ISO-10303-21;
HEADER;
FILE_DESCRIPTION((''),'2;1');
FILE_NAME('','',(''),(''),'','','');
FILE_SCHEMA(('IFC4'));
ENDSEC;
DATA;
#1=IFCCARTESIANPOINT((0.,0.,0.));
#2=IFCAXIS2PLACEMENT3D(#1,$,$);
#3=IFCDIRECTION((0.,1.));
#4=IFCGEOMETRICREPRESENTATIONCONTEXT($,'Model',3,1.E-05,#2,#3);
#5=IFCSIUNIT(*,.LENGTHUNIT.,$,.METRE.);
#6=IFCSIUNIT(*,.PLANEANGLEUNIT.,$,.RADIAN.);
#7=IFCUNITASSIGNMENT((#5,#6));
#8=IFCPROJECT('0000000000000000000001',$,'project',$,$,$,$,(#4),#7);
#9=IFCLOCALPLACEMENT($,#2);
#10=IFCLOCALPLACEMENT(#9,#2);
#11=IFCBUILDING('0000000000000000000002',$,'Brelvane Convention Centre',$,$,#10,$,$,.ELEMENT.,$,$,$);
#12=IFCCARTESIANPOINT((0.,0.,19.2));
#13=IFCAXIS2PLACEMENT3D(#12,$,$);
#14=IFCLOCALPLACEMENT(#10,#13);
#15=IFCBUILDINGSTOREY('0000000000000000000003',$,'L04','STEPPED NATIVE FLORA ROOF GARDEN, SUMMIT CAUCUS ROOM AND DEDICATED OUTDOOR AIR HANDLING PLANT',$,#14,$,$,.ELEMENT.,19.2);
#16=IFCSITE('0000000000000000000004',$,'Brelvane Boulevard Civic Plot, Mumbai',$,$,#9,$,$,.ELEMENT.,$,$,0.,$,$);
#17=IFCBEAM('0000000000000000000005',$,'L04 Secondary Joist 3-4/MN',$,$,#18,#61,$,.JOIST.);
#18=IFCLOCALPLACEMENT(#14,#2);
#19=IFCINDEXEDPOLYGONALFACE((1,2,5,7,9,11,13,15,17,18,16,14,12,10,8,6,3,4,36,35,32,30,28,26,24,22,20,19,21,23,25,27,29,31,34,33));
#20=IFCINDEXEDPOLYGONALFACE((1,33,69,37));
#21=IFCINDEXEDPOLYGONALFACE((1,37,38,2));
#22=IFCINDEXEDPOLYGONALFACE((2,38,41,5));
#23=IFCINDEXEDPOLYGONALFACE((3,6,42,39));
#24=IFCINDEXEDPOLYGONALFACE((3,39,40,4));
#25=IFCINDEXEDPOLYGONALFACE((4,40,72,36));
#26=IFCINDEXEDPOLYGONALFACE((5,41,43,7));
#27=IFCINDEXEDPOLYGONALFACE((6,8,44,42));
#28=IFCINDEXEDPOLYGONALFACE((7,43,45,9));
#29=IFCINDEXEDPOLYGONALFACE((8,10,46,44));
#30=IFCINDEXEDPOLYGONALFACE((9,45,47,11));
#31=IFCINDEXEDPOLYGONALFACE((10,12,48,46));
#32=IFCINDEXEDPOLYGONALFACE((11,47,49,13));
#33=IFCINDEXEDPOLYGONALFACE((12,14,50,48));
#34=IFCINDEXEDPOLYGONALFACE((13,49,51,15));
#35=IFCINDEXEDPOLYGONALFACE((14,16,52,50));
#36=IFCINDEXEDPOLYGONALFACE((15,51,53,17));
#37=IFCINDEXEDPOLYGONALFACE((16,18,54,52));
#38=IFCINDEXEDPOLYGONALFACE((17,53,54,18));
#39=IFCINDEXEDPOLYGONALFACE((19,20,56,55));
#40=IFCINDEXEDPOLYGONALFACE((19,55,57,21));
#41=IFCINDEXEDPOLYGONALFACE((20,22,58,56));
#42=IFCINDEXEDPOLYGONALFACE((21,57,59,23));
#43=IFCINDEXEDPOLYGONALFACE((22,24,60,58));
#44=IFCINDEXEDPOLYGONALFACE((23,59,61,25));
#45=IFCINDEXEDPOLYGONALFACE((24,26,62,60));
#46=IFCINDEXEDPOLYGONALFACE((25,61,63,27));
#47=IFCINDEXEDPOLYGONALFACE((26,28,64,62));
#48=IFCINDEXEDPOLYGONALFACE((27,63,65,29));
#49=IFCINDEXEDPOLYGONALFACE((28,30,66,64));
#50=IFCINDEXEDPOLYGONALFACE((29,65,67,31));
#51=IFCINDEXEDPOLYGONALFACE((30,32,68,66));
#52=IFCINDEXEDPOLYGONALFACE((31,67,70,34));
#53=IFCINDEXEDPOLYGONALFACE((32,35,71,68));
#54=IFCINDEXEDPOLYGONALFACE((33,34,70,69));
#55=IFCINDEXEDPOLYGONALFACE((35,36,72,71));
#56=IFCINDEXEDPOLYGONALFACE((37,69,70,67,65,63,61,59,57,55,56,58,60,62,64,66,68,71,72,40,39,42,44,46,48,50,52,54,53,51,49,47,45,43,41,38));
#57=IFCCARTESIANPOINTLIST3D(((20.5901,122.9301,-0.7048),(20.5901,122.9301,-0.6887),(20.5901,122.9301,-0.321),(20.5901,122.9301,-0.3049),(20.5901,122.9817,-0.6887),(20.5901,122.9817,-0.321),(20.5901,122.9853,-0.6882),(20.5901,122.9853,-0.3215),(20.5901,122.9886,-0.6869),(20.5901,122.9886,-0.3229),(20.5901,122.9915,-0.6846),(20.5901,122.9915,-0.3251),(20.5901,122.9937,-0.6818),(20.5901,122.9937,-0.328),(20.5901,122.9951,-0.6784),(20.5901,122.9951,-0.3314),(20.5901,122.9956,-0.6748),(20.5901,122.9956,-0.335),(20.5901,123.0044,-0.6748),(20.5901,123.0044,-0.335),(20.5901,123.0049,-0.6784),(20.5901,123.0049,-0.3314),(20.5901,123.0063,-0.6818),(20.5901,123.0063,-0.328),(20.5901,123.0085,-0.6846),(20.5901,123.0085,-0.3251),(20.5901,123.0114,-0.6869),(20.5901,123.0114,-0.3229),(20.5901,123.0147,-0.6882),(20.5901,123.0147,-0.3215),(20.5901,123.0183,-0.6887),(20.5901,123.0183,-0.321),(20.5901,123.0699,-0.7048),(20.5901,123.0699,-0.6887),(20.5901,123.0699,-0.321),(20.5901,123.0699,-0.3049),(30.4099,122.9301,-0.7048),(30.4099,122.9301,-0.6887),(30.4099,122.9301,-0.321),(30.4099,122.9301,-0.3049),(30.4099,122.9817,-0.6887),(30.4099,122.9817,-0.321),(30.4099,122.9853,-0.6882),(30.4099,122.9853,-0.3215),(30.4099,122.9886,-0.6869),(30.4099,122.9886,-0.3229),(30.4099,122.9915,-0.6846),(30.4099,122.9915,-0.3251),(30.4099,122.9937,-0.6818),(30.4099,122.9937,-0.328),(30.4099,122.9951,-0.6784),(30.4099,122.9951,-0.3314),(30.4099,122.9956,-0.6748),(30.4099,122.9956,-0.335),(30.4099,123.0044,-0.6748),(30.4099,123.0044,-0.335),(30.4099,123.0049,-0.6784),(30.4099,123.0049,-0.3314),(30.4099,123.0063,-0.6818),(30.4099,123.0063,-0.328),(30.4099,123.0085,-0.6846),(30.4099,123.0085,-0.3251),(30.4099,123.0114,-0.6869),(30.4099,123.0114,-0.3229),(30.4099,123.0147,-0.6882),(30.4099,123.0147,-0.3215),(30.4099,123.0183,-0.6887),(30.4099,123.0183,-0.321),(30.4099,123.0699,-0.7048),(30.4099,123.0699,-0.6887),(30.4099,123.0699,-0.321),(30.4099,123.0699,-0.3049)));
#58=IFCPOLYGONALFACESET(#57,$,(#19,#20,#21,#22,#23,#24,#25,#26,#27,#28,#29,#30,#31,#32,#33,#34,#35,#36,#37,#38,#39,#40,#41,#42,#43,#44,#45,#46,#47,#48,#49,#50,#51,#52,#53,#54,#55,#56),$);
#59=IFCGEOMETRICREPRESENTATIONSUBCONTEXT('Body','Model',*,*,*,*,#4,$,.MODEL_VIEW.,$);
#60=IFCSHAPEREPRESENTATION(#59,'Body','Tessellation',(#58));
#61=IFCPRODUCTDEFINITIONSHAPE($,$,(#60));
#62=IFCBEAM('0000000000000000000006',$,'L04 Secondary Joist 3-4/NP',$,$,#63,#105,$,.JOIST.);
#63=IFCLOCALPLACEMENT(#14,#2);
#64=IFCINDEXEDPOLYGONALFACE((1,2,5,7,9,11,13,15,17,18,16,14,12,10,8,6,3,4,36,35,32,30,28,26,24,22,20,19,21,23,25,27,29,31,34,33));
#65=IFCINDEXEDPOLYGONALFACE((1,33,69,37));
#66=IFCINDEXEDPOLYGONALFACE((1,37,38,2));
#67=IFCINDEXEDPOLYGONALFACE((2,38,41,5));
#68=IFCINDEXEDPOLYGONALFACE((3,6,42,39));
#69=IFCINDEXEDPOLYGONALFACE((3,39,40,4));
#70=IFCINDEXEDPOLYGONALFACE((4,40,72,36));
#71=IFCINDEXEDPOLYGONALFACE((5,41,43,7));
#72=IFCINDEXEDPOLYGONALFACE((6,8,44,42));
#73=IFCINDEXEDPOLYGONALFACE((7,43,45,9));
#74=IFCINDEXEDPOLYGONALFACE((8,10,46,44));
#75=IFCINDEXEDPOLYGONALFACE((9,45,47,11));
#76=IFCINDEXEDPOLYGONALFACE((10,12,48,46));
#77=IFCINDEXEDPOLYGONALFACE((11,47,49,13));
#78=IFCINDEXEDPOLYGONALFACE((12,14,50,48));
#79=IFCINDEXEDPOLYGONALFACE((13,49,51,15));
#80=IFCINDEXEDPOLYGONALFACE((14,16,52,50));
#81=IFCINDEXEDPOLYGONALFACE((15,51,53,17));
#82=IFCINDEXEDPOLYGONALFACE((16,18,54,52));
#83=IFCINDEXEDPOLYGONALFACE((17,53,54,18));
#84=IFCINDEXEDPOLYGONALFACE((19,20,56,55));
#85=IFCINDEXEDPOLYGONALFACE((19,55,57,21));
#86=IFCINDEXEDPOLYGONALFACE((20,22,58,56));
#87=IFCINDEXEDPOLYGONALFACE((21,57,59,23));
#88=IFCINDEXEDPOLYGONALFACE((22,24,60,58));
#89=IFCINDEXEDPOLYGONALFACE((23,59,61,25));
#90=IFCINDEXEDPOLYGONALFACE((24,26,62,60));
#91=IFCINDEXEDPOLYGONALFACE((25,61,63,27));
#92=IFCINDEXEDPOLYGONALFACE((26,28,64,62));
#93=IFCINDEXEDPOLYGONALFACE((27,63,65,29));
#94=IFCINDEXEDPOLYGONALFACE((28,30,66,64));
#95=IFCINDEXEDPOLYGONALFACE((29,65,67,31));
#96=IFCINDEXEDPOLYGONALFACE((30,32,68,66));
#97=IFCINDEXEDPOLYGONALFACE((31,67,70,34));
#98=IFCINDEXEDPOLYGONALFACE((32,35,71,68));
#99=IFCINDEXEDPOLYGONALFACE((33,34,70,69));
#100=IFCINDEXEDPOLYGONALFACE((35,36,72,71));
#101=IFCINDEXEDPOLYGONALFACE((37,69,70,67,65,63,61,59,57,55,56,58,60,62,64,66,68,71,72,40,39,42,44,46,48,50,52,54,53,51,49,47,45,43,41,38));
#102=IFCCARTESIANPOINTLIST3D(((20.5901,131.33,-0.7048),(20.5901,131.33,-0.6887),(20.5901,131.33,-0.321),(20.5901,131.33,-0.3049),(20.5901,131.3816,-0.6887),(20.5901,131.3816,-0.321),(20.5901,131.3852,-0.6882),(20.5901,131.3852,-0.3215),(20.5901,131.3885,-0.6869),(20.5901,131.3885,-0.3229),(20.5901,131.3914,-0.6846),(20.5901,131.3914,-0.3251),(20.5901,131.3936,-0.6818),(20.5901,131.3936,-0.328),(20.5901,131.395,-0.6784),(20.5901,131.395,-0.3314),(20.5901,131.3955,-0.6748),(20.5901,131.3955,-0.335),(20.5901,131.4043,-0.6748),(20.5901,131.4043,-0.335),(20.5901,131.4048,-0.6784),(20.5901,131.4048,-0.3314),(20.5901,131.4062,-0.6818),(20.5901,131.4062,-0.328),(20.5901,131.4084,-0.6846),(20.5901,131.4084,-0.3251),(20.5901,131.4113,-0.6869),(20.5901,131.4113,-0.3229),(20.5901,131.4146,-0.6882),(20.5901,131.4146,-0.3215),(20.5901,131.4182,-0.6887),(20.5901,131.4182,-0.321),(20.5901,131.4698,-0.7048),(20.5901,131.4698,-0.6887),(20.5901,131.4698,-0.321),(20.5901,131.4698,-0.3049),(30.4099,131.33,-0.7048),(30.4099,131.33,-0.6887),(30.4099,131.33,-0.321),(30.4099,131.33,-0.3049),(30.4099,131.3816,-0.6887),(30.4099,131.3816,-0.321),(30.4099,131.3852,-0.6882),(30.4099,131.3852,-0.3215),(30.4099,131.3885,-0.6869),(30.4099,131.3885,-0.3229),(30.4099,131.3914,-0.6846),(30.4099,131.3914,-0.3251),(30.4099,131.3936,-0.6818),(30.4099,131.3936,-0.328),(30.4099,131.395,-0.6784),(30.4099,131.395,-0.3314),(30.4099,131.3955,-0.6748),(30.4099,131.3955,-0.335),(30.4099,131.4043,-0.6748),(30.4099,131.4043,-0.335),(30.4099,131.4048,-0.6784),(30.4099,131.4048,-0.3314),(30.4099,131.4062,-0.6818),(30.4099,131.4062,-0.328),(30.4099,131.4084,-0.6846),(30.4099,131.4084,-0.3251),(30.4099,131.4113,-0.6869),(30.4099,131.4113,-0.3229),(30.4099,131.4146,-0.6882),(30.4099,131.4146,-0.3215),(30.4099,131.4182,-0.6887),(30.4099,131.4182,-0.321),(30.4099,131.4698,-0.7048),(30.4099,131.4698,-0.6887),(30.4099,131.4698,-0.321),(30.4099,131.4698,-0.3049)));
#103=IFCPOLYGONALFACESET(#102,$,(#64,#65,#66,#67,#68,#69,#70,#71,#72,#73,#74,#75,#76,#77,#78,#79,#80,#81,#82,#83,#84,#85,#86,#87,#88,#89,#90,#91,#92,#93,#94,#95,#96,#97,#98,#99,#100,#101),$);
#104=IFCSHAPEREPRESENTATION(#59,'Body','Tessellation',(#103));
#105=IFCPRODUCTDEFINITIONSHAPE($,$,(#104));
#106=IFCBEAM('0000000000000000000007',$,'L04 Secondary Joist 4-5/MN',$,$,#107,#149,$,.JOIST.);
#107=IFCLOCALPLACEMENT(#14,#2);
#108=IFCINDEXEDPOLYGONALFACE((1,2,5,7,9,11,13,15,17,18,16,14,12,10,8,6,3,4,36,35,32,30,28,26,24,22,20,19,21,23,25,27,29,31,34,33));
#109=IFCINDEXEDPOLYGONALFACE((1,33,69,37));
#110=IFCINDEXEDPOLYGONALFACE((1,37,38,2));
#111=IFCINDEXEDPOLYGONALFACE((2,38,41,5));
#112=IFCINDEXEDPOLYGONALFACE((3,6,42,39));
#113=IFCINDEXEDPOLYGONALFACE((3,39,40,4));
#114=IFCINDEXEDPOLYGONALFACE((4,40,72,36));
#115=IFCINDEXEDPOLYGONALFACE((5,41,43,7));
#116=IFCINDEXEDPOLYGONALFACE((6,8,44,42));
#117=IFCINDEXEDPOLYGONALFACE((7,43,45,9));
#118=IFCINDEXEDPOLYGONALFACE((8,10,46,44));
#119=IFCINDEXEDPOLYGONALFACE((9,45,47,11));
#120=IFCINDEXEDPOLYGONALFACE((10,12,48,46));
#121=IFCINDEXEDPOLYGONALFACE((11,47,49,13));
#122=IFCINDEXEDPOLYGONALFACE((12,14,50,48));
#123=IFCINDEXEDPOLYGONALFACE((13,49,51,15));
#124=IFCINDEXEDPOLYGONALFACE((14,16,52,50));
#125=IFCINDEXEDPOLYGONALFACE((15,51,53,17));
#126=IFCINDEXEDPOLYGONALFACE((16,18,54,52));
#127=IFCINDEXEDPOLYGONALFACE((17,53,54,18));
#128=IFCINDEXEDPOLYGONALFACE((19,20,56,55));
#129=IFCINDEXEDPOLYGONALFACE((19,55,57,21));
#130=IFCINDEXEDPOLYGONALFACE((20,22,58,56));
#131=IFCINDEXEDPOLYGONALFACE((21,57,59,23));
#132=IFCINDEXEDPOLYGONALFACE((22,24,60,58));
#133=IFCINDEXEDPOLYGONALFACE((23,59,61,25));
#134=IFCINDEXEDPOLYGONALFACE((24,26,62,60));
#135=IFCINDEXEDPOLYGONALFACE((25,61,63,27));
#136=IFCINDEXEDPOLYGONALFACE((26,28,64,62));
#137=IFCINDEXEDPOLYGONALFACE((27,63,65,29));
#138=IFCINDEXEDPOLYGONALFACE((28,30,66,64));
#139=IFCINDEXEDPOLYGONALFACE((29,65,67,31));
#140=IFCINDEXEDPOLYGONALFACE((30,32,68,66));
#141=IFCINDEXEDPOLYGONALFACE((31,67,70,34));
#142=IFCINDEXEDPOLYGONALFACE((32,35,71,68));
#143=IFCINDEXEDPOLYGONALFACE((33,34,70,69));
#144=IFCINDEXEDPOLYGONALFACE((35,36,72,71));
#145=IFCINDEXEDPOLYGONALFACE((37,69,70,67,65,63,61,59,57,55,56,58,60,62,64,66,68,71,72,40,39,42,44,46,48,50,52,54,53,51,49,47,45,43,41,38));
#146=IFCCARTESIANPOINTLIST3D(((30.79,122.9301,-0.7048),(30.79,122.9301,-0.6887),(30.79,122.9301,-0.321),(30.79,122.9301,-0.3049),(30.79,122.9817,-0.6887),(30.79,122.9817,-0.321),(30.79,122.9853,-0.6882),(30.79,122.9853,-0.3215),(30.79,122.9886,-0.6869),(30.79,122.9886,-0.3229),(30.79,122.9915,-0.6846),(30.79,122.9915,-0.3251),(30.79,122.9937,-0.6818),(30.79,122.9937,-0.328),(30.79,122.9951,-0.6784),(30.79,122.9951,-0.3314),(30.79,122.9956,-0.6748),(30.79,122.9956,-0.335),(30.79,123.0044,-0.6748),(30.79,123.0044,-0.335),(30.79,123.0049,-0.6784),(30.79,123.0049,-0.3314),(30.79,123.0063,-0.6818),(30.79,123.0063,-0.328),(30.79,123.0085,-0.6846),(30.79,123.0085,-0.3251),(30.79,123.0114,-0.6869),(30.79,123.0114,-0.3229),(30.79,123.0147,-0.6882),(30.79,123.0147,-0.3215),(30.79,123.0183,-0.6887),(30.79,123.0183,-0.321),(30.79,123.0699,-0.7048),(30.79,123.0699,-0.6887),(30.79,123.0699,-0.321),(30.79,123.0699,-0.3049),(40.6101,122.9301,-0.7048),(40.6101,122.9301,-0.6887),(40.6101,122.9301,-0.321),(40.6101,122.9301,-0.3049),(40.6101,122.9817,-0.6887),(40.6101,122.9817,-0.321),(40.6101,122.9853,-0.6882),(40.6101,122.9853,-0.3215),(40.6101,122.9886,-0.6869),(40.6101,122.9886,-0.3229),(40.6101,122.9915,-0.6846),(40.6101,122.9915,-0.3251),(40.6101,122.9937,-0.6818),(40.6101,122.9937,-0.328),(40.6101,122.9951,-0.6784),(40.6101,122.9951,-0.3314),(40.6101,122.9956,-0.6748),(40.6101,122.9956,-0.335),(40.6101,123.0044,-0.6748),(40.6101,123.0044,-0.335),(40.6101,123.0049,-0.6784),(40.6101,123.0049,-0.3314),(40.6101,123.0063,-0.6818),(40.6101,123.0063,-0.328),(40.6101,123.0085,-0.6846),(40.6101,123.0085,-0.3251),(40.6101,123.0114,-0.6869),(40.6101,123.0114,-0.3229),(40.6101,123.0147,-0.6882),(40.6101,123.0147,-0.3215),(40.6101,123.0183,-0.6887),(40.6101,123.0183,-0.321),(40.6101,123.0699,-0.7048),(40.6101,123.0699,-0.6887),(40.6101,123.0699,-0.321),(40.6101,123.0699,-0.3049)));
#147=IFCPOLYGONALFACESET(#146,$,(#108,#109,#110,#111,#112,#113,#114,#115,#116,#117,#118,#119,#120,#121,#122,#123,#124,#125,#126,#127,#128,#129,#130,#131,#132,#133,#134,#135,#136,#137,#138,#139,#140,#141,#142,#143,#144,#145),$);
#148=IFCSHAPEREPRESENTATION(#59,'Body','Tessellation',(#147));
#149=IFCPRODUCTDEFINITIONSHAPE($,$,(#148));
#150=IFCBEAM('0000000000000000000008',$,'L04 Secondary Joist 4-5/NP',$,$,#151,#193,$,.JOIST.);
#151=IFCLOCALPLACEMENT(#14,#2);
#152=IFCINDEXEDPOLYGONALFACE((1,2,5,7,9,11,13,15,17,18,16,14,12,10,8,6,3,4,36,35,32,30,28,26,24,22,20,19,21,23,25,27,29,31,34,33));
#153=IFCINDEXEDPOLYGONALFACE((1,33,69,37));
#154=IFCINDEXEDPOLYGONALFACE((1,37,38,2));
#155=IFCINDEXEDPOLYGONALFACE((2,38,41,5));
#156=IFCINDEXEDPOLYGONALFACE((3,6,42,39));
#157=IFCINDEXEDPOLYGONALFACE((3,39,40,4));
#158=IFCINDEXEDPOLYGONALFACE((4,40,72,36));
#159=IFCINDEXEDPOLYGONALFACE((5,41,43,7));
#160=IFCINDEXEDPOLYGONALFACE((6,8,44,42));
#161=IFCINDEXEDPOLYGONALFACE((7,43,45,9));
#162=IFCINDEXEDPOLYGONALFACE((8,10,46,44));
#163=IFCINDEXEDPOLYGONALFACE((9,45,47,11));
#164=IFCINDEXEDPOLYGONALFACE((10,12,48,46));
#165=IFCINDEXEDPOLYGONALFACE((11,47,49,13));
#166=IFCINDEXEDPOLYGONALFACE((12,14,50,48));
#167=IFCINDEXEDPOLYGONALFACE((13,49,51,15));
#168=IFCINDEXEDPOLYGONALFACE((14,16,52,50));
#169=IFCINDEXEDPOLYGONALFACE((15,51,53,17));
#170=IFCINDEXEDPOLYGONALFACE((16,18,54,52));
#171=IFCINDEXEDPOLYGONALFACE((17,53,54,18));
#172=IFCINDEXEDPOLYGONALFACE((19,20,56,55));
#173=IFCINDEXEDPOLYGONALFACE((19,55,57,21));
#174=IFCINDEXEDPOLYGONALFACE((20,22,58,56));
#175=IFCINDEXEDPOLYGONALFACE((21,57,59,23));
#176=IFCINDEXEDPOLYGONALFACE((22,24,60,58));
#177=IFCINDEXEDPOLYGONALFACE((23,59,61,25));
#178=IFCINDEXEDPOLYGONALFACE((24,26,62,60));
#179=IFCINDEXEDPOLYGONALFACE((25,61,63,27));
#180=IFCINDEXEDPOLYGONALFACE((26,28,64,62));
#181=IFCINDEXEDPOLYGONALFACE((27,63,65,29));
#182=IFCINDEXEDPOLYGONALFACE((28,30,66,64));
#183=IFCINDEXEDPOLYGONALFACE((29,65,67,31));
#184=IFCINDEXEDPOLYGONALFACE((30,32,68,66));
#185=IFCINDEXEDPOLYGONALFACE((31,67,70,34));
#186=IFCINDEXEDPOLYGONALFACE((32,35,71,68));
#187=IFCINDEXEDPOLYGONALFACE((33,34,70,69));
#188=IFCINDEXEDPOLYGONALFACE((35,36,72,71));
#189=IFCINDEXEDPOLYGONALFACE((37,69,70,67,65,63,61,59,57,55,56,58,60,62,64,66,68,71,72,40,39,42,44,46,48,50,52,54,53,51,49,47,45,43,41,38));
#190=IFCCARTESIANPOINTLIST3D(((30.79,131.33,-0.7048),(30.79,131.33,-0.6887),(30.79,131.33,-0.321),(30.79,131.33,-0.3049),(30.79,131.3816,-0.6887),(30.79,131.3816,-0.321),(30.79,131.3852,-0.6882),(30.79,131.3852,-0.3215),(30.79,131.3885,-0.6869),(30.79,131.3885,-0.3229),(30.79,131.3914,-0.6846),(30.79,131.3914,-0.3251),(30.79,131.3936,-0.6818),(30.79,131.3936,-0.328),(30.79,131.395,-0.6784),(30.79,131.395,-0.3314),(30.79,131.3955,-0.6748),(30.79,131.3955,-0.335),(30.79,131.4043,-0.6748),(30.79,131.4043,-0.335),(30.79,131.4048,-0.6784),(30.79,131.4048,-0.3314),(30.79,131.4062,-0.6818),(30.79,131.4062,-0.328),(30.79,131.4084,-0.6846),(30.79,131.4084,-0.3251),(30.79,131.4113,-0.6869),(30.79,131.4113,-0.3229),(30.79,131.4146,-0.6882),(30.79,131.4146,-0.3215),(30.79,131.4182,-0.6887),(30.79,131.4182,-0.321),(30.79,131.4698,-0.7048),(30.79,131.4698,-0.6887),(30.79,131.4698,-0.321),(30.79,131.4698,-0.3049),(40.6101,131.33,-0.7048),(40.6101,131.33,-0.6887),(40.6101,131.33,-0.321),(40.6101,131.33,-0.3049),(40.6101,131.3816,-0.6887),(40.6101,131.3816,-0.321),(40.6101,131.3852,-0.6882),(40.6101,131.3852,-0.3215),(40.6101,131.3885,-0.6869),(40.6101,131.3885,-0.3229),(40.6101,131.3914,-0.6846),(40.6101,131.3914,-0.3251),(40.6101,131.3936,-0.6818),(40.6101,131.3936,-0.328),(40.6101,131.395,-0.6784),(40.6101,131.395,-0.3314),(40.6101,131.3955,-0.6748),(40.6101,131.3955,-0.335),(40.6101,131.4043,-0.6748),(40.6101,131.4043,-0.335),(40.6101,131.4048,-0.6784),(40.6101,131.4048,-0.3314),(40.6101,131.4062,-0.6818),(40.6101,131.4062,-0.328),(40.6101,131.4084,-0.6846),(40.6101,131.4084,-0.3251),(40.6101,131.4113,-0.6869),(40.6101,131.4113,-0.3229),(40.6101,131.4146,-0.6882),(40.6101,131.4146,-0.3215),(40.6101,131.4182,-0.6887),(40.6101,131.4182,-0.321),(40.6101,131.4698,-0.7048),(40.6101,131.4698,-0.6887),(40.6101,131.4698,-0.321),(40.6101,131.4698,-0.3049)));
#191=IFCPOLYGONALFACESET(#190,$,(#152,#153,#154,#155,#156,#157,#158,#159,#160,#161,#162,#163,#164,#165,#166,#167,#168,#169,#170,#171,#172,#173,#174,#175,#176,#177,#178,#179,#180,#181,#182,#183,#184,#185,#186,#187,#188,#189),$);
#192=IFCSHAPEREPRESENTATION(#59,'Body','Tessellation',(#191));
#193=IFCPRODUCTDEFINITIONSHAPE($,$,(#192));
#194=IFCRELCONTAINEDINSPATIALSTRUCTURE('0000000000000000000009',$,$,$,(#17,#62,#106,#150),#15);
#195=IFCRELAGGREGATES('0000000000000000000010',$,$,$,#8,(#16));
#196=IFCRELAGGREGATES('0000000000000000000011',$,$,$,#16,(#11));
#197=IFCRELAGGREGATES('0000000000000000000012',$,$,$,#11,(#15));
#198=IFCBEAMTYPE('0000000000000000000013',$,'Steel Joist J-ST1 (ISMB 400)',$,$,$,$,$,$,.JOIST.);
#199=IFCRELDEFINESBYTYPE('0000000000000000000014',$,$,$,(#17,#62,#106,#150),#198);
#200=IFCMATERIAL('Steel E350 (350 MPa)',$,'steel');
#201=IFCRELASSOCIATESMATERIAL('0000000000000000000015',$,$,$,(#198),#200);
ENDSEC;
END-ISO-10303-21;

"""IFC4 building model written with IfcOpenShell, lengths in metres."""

from ifc_helpers import new_model, si_unit, direction, frame, origin, origin_2d, place, context, subcontext, project, spatial, i_section, extrude, material, material_profile, profile_set, type_object, element, save


model = new_model("IFC4")

# Units and contexts
model_context = context("Model", 3, precision=1e-05, world=origin(), true_north=direction((0.0, 1.0)))
body_context = subcontext(model_context, "Body", "Model", "MODEL_VIEW")
ifc_project = project(units=[si_unit("LENGTHUNIT", "METRE"), si_unit("PLANEANGLEUNIT", "RADIAN")], contexts=[model_context])

# Site, building, storey
site_placement = place(None, origin())
site = spatial("IfcSite", under=ifc_project, at=site_placement, Name="Brelvane Boulevard Civic Plot, Mumbai", CompositionType="ELEMENT", RefElevation=0.0)
building_placement = place(site_placement, origin())
building = spatial("IfcBuilding", under=site, at=building_placement, Name="Brelvane Convention Centre", CompositionType="ELEMENT")
storey_placement = place(building_placement, frame((0.0, 0.0, 19.2)))
storey = spatial("IfcBuildingStorey", under=building, at=storey_placement, Name="L04", Description="STEPPED NATIVE FLORA ROOF GARDEN, SUMMIT CAUCUS ROOM AND DEDICATED OUTDOOR AIR HANDLING PLANT", CompositionType="ELEMENT", Elevation=19.2)

# Beams
ifc_material_1 = material(Name="Steel E350 (350 MPa)", Category="steel")
ifc_material_profile_1 = material_profile(ifc_material_1, i_section(OverallWidth=0.1399, OverallDepth=0.3999, WebThickness=0.0088, FlangeThickness=0.0161, FilletRadius=0.0139, at=origin_2d()), Name="ISMB 400")
ifc_profile_set_1 = profile_set([ifc_material_profile_1], Name="Steel E350 (350 MPa)")
beam_type_1 = type_object("IfcBeamType", Name="Steel Joist J-ST1 (ISMB 400)", PredefinedType="JOIST", material=ifc_profile_set_1)
for number, where, z_axis, x_axis, name in (
    (1, (20.5901, 123.0, -0.5049), (1.0, 0.0, 0.0), (0.0, 1.0, 0.0), "L04 Secondary Joist 3-4/MN"),
    (2, (20.5901, 131.3999, -0.5049), (1.0, 0.0, 0.0), (0.0, 1.0, 0.0), "L04 Secondary Joist 3-4/NP"),
):
    element("IfcBeam", number, at=place(storey_placement, frame(where, z_axis=z_axis, x_axis=x_axis)), inside=storey, type_object=beam_type_1, Name=name, PredefinedType="JOIST", context=body_context, shape_type="SweptSolid", body=[
        extrude(i_section(OverallWidth=0.1399, OverallDepth=0.3999, WebThickness=0.0088, FlangeThickness=0.0161, FilletRadius=0.0139, at=origin_2d()), origin(), (0.0, 0.0, 1.0), 9.8198),
    ])
for number, where, z_axis, x_axis, name in (
    (3, (30.79, 123.0, -0.5049), (1.0, 0.0, 0.0), (0.0, 1.0, 0.0), "L04 Secondary Joist 4-5/MN"),
    (4, (30.79, 131.3999, -0.5049), (1.0, 0.0, 0.0), (0.0, 1.0, 0.0), "L04 Secondary Joist 4-5/NP"),
):
    element("IfcBeam", number, at=place(storey_placement, frame(where, z_axis=z_axis, x_axis=x_axis)), inside=storey, type_object=beam_type_1, Name=name, PredefinedType="JOIST", context=body_context, shape_type="SweptSolid", body=[
        extrude(i_section(OverallWidth=0.1399, OverallDepth=0.3999, WebThickness=0.0088, FlangeThickness=0.0161, FilletRadius=0.0139, at=origin_2d()), origin(), (0.0, 0.0, 1.0), 9.8201),
    ])

save(model, "model.ifc")
